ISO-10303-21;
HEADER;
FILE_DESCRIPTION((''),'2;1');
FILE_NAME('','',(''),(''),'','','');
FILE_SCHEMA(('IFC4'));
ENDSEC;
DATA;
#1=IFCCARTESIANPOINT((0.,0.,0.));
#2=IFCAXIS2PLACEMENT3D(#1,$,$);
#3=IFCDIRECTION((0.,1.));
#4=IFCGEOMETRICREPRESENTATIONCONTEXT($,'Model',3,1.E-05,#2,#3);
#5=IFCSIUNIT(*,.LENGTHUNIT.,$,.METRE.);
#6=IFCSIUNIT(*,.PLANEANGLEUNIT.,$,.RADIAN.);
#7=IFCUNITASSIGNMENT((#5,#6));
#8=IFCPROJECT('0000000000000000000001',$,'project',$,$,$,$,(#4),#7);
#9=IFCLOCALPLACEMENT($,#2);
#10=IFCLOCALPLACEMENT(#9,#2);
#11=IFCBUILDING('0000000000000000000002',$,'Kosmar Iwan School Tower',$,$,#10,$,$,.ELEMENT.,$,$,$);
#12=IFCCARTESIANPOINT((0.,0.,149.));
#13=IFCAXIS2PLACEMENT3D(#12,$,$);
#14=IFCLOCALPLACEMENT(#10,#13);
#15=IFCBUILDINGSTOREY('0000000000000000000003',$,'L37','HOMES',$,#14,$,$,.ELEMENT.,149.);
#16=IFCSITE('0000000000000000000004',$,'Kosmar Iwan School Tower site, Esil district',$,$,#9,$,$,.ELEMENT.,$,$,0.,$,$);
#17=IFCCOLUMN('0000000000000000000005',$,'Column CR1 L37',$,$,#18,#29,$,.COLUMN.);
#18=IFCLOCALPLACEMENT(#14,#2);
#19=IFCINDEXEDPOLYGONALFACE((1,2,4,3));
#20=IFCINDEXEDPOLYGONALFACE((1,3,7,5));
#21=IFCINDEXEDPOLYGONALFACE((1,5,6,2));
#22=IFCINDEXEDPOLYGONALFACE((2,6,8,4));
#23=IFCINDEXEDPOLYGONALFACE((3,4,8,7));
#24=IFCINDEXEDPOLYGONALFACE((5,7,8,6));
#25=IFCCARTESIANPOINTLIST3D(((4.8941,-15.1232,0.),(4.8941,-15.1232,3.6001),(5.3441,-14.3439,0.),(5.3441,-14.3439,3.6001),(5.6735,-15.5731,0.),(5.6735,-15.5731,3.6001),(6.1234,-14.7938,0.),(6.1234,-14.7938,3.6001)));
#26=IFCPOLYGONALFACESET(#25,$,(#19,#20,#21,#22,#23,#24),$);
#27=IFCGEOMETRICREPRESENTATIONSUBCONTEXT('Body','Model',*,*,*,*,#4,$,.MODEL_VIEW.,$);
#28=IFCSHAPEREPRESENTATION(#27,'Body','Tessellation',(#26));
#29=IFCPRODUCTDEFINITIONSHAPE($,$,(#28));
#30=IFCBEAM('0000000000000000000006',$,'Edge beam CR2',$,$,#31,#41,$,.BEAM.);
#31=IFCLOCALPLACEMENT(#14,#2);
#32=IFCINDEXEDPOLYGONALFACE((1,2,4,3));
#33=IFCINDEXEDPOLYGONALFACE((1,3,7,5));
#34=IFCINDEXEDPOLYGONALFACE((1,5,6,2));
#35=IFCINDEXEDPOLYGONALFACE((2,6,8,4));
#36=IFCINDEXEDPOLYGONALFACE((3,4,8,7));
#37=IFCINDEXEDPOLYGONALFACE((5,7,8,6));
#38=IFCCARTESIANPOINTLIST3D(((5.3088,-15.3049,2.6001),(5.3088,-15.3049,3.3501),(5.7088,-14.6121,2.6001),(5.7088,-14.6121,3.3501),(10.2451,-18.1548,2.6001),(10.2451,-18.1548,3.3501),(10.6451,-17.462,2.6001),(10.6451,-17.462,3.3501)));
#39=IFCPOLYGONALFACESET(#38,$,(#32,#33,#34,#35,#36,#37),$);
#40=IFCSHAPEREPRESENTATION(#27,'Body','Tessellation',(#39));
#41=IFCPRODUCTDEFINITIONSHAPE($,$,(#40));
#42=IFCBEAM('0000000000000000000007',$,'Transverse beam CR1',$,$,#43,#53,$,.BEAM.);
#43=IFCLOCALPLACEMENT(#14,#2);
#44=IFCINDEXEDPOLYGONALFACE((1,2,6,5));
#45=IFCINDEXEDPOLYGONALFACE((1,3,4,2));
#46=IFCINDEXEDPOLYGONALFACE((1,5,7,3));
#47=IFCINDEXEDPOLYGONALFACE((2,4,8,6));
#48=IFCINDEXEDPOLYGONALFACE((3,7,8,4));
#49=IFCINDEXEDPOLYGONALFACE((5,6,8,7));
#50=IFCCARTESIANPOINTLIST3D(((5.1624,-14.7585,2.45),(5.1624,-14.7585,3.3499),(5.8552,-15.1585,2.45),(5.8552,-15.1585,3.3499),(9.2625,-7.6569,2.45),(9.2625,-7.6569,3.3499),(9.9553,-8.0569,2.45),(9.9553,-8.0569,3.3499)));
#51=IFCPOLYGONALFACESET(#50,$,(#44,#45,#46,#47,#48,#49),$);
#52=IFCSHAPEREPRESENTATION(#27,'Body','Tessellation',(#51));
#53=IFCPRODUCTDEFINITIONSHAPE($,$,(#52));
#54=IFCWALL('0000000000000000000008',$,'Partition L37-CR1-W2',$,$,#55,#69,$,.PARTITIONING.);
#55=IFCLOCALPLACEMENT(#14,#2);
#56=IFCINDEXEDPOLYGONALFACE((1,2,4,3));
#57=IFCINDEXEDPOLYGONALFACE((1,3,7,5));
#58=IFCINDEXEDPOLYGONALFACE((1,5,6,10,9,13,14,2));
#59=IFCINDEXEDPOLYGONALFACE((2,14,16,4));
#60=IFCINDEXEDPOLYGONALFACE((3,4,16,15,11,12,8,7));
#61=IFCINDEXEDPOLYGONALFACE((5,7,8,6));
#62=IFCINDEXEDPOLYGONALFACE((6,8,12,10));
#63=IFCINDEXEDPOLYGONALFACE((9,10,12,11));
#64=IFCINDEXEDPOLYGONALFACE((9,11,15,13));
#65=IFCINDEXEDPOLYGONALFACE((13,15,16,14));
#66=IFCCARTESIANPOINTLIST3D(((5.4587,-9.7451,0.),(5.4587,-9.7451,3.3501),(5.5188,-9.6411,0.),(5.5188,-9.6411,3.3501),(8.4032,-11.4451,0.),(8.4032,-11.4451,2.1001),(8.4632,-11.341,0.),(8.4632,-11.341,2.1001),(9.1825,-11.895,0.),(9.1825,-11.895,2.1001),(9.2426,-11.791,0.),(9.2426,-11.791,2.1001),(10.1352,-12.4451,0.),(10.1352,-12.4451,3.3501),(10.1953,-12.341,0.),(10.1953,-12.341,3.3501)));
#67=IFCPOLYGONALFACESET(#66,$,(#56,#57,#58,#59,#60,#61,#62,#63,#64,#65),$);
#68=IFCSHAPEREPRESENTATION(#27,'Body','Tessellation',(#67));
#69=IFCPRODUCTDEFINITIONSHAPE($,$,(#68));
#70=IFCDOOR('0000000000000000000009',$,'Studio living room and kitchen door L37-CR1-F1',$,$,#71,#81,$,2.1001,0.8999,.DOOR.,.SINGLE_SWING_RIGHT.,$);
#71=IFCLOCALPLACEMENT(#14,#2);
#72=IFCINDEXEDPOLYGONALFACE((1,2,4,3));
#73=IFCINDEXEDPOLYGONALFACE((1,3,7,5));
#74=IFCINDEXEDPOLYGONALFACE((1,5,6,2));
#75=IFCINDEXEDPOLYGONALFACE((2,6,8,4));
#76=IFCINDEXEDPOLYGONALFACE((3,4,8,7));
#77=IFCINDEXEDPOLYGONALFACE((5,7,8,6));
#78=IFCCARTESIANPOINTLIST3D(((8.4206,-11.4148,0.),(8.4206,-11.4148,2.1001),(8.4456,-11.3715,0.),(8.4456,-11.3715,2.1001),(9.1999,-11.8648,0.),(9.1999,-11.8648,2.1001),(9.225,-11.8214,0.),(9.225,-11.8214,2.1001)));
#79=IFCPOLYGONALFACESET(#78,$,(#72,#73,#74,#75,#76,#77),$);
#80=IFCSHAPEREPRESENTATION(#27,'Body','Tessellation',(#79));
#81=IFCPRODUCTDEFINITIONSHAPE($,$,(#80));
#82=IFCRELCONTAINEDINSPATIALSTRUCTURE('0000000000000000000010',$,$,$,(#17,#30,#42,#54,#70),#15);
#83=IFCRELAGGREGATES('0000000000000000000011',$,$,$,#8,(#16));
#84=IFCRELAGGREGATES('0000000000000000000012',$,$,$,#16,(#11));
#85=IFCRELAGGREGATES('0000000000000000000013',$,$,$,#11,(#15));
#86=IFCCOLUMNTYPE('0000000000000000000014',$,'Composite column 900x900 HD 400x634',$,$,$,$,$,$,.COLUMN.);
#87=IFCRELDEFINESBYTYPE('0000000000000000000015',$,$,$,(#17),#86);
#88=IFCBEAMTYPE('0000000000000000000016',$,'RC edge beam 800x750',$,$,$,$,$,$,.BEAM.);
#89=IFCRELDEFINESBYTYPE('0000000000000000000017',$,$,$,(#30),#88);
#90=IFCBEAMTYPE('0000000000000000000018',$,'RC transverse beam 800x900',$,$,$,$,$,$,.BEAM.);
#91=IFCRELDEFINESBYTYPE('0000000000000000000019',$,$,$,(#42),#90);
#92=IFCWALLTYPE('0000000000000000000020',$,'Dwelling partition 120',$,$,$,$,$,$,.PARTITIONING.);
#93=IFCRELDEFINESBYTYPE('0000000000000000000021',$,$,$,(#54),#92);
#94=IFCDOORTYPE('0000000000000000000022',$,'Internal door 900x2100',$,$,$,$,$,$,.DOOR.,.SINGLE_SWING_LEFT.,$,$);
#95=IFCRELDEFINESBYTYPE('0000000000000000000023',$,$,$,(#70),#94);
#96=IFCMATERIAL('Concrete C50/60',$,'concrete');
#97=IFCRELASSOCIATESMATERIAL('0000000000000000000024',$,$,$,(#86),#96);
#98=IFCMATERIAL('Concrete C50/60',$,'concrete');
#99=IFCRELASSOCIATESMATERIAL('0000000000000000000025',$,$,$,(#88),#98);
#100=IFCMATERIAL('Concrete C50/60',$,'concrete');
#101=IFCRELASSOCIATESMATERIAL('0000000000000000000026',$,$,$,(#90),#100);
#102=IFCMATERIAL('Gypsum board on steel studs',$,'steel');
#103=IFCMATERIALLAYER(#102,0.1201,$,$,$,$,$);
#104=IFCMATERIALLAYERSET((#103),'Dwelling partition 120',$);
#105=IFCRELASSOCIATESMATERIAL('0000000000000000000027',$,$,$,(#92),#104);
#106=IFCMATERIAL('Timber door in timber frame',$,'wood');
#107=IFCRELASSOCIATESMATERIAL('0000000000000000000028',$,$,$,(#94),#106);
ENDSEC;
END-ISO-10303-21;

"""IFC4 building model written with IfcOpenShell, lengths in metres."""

from ifc_helpers import new_model, si_unit, direction, frame, frame_2d, origin, origin_2d, place, context, subcontext, project, spatial, rectangle, extrude, material, layer, layer_set, material_profile, profile_set, type_object, element, fill, save


model = new_model("IFC4")

# Units and contexts
model_context = context("Model", 3, precision=1e-05, world=origin(), true_north=direction((0.0, 1.0)))
body_context = subcontext(model_context, "Body", "Model", "MODEL_VIEW")
ifc_project = project(units=[si_unit("LENGTHUNIT", "METRE"), si_unit("PLANEANGLEUNIT", "RADIAN")], contexts=[model_context])

# Site, building, storey
site_placement = place(None, origin())
site = spatial("IfcSite", under=ifc_project, at=site_placement, Name="Kosmar Iwan School Tower site, Esil district", CompositionType="ELEMENT", RefElevation=0.0)
building_placement = place(site_placement, origin())
building = spatial("IfcBuilding", under=site, at=building_placement, Name="Kosmar Iwan School Tower", CompositionType="ELEMENT")
storey_placement = place(building_placement, frame((0.0, 0.0, 149.0)))
storey = spatial("IfcBuildingStorey", under=building, at=storey_placement, Name="L37", Description="HOMES", CompositionType="ELEMENT", Elevation=149.0)

# Column
ifc_material_1 = material(Name="Concrete C50/60", Category="concrete")
ifc_material_profile_1 = material_profile(ifc_material_1, rectangle(XDim=0.8999, YDim=0.8999, at=origin_2d()), Name="RC 900x900 + HD 400x634")
ifc_profile_set_1 = profile_set([ifc_material_profile_1], Name="Concrete C50/60")
column_type = type_object("IfcColumnType", Name="Composite column 900x900 HD 400x634", PredefinedType="COLUMN", material=ifc_profile_set_1)
column_placement = place(storey_placement, frame((5.5088, -14.9585, 0.0), z_axis=(0.0, 0.0, 1.0), x_axis=(0.866025, -0.5, 0.0)))
element("IfcColumn", 1, at=column_placement, inside=storey, type_object=column_type, Name="Column CR1 L37", PredefinedType="COLUMN", context=body_context, shape_type="SweptSolid", body=[
    extrude(rectangle(XDim=0.8999, YDim=0.8999, at=origin_2d()), origin(), (0.0, 0.0, 1.0), 3.6001),
])

# Beams
ifc_material_2 = material(Name="Concrete C50/60", Category="concrete")
ifc_material_profile_2 = material_profile(ifc_material_2, rectangle(XDim=0.8, YDim=0.75, at=origin_2d()), Name="RC 800x750")
ifc_profile_set_2 = profile_set([ifc_material_profile_2], Name="Concrete C50/60")
beam_type_1 = type_object("IfcBeamType", Name="RC edge beam 800x750", PredefinedType="BEAM", material=ifc_profile_set_2)
beam_1_placement = place(storey_placement, frame((5.5088, -14.9585, 2.9751), z_axis=(0.866034, -0.499986, 0.0), x_axis=(0.499986, 0.866034, 0.0)))
element("IfcBeam", 2, at=beam_1_placement, inside=storey, type_object=beam_type_1, Name="Edge beam CR2", PredefinedType="BEAM", context=body_context, shape_type="SweptSolid", body=[
    extrude(rectangle(XDim=0.8, YDim=0.75, at=origin_2d()), origin(), (0.0, 0.0, 1.0), 5.7),
])
ifc_material_3 = material(Name="Concrete C50/60", Category="concrete")
ifc_material_profile_3 = material_profile(ifc_material_3, rectangle(XDim=0.8, YDim=0.8999, at=origin_2d()), Name="RC 800x900")
ifc_profile_set_3 = profile_set([ifc_material_profile_3], Name="Concrete C50/60")
beam_type_2 = type_object("IfcBeamType", Name="RC transverse beam 800x900", PredefinedType="BEAM", material=ifc_profile_set_3)
beam_2_placement = place(storey_placement, frame((5.5088, -14.9585, 2.8999), z_axis=(0.500001, 0.866025, 0.0), x_axis=(-0.866025, 0.500001, 0.0)))
element("IfcBeam", 3, at=beam_2_placement, inside=storey, type_object=beam_type_2, Name="Transverse beam CR1", PredefinedType="BEAM", context=body_context, shape_type="SweptSolid", body=[
    extrude(rectangle(XDim=0.8, YDim=0.8999, at=origin_2d()), origin(), (0.0, 0.0, 1.0), 8.2002),
])

# Wall, opening, door
ifc_material_4 = material(Name="Gypsum board on steel studs", Category="steel")
ifc_layer_1 = layer(ifc_material_4, 0.1201)
ifc_layer_set_1 = layer_set([ifc_layer_1], Name="Dwelling partition 120")
wall_type_1 = type_object("IfcWallType", Name="Dwelling partition 120", PredefinedType="PARTITIONING", material=ifc_layer_set_1)
wall_1_placement = place(storey_placement, frame((5.4888, -9.6931, 0.0), z_axis=(0.0, 0.0, 1.0), x_axis=(0.866028, -0.499995, 0.0)))
wall_1 = element("IfcWall", 4, at=wall_1_placement, inside=storey, type_object=wall_type_1, Name="Partition L37-CR1-W2", PredefinedType="PARTITIONING", context=body_context, shape_type="SweptSolid", body=[
    extrude(rectangle(XDim=5.3999, YDim=0.1201, at=frame_2d((2.7, 0.0))), origin(), (0.0, 0.0, 1.0), 3.3501),
])
opening_1_placement = place(wall_1_placement, frame((3.3999, 0.0, 0.0)))
opening_1 = element("IfcOpeningElement", 5, at=opening_1_placement, cuts=wall_1, PredefinedType="OPENING", context=body_context, shape_type="SweptSolid", body=[
    extrude(rectangle(XDim=0.8999, YDim=2.1001, at=frame_2d((0.45, 1.05))), frame((0.0, 0.072, 0.0), z_axis=(0.0, -1.0, 0.0), x_axis=(1.0, 0.0, 0.0)), (0.0, 0.0, 1.0), 0.144),
])
ifc_material_5 = material(Name="Timber door in timber frame", Category="wood")
door_type = type_object("IfcDoorType", Name="Internal door 900x2100", OperationType="SINGLE_SWING_LEFT", PredefinedType="DOOR", material=ifc_material_5)
door_placement = place(opening_1_placement, origin())
door = element("IfcDoor", 6, at=door_placement, inside=storey, type_object=door_type, Name="Studio living room and kitchen door L37-CR1-F1", OperationType="SINGLE_SWING_RIGHT", OverallHeight=2.1001, OverallWidth=0.8999, PredefinedType="DOOR", context=body_context, shape_type="SweptSolid", body=[
    extrude(rectangle(XDim=0.8999, YDim=2.1001, at=frame_2d((0.45, 1.05))), frame((0.0, 0.0249, 0.0), z_axis=(0.0, -1.0, 0.0), x_axis=(1.0, 0.0, 0.0)), (0.0, 0.0, 1.0), 0.05),
])
fill(opening_1, door)

save(model, "model.ifc")
